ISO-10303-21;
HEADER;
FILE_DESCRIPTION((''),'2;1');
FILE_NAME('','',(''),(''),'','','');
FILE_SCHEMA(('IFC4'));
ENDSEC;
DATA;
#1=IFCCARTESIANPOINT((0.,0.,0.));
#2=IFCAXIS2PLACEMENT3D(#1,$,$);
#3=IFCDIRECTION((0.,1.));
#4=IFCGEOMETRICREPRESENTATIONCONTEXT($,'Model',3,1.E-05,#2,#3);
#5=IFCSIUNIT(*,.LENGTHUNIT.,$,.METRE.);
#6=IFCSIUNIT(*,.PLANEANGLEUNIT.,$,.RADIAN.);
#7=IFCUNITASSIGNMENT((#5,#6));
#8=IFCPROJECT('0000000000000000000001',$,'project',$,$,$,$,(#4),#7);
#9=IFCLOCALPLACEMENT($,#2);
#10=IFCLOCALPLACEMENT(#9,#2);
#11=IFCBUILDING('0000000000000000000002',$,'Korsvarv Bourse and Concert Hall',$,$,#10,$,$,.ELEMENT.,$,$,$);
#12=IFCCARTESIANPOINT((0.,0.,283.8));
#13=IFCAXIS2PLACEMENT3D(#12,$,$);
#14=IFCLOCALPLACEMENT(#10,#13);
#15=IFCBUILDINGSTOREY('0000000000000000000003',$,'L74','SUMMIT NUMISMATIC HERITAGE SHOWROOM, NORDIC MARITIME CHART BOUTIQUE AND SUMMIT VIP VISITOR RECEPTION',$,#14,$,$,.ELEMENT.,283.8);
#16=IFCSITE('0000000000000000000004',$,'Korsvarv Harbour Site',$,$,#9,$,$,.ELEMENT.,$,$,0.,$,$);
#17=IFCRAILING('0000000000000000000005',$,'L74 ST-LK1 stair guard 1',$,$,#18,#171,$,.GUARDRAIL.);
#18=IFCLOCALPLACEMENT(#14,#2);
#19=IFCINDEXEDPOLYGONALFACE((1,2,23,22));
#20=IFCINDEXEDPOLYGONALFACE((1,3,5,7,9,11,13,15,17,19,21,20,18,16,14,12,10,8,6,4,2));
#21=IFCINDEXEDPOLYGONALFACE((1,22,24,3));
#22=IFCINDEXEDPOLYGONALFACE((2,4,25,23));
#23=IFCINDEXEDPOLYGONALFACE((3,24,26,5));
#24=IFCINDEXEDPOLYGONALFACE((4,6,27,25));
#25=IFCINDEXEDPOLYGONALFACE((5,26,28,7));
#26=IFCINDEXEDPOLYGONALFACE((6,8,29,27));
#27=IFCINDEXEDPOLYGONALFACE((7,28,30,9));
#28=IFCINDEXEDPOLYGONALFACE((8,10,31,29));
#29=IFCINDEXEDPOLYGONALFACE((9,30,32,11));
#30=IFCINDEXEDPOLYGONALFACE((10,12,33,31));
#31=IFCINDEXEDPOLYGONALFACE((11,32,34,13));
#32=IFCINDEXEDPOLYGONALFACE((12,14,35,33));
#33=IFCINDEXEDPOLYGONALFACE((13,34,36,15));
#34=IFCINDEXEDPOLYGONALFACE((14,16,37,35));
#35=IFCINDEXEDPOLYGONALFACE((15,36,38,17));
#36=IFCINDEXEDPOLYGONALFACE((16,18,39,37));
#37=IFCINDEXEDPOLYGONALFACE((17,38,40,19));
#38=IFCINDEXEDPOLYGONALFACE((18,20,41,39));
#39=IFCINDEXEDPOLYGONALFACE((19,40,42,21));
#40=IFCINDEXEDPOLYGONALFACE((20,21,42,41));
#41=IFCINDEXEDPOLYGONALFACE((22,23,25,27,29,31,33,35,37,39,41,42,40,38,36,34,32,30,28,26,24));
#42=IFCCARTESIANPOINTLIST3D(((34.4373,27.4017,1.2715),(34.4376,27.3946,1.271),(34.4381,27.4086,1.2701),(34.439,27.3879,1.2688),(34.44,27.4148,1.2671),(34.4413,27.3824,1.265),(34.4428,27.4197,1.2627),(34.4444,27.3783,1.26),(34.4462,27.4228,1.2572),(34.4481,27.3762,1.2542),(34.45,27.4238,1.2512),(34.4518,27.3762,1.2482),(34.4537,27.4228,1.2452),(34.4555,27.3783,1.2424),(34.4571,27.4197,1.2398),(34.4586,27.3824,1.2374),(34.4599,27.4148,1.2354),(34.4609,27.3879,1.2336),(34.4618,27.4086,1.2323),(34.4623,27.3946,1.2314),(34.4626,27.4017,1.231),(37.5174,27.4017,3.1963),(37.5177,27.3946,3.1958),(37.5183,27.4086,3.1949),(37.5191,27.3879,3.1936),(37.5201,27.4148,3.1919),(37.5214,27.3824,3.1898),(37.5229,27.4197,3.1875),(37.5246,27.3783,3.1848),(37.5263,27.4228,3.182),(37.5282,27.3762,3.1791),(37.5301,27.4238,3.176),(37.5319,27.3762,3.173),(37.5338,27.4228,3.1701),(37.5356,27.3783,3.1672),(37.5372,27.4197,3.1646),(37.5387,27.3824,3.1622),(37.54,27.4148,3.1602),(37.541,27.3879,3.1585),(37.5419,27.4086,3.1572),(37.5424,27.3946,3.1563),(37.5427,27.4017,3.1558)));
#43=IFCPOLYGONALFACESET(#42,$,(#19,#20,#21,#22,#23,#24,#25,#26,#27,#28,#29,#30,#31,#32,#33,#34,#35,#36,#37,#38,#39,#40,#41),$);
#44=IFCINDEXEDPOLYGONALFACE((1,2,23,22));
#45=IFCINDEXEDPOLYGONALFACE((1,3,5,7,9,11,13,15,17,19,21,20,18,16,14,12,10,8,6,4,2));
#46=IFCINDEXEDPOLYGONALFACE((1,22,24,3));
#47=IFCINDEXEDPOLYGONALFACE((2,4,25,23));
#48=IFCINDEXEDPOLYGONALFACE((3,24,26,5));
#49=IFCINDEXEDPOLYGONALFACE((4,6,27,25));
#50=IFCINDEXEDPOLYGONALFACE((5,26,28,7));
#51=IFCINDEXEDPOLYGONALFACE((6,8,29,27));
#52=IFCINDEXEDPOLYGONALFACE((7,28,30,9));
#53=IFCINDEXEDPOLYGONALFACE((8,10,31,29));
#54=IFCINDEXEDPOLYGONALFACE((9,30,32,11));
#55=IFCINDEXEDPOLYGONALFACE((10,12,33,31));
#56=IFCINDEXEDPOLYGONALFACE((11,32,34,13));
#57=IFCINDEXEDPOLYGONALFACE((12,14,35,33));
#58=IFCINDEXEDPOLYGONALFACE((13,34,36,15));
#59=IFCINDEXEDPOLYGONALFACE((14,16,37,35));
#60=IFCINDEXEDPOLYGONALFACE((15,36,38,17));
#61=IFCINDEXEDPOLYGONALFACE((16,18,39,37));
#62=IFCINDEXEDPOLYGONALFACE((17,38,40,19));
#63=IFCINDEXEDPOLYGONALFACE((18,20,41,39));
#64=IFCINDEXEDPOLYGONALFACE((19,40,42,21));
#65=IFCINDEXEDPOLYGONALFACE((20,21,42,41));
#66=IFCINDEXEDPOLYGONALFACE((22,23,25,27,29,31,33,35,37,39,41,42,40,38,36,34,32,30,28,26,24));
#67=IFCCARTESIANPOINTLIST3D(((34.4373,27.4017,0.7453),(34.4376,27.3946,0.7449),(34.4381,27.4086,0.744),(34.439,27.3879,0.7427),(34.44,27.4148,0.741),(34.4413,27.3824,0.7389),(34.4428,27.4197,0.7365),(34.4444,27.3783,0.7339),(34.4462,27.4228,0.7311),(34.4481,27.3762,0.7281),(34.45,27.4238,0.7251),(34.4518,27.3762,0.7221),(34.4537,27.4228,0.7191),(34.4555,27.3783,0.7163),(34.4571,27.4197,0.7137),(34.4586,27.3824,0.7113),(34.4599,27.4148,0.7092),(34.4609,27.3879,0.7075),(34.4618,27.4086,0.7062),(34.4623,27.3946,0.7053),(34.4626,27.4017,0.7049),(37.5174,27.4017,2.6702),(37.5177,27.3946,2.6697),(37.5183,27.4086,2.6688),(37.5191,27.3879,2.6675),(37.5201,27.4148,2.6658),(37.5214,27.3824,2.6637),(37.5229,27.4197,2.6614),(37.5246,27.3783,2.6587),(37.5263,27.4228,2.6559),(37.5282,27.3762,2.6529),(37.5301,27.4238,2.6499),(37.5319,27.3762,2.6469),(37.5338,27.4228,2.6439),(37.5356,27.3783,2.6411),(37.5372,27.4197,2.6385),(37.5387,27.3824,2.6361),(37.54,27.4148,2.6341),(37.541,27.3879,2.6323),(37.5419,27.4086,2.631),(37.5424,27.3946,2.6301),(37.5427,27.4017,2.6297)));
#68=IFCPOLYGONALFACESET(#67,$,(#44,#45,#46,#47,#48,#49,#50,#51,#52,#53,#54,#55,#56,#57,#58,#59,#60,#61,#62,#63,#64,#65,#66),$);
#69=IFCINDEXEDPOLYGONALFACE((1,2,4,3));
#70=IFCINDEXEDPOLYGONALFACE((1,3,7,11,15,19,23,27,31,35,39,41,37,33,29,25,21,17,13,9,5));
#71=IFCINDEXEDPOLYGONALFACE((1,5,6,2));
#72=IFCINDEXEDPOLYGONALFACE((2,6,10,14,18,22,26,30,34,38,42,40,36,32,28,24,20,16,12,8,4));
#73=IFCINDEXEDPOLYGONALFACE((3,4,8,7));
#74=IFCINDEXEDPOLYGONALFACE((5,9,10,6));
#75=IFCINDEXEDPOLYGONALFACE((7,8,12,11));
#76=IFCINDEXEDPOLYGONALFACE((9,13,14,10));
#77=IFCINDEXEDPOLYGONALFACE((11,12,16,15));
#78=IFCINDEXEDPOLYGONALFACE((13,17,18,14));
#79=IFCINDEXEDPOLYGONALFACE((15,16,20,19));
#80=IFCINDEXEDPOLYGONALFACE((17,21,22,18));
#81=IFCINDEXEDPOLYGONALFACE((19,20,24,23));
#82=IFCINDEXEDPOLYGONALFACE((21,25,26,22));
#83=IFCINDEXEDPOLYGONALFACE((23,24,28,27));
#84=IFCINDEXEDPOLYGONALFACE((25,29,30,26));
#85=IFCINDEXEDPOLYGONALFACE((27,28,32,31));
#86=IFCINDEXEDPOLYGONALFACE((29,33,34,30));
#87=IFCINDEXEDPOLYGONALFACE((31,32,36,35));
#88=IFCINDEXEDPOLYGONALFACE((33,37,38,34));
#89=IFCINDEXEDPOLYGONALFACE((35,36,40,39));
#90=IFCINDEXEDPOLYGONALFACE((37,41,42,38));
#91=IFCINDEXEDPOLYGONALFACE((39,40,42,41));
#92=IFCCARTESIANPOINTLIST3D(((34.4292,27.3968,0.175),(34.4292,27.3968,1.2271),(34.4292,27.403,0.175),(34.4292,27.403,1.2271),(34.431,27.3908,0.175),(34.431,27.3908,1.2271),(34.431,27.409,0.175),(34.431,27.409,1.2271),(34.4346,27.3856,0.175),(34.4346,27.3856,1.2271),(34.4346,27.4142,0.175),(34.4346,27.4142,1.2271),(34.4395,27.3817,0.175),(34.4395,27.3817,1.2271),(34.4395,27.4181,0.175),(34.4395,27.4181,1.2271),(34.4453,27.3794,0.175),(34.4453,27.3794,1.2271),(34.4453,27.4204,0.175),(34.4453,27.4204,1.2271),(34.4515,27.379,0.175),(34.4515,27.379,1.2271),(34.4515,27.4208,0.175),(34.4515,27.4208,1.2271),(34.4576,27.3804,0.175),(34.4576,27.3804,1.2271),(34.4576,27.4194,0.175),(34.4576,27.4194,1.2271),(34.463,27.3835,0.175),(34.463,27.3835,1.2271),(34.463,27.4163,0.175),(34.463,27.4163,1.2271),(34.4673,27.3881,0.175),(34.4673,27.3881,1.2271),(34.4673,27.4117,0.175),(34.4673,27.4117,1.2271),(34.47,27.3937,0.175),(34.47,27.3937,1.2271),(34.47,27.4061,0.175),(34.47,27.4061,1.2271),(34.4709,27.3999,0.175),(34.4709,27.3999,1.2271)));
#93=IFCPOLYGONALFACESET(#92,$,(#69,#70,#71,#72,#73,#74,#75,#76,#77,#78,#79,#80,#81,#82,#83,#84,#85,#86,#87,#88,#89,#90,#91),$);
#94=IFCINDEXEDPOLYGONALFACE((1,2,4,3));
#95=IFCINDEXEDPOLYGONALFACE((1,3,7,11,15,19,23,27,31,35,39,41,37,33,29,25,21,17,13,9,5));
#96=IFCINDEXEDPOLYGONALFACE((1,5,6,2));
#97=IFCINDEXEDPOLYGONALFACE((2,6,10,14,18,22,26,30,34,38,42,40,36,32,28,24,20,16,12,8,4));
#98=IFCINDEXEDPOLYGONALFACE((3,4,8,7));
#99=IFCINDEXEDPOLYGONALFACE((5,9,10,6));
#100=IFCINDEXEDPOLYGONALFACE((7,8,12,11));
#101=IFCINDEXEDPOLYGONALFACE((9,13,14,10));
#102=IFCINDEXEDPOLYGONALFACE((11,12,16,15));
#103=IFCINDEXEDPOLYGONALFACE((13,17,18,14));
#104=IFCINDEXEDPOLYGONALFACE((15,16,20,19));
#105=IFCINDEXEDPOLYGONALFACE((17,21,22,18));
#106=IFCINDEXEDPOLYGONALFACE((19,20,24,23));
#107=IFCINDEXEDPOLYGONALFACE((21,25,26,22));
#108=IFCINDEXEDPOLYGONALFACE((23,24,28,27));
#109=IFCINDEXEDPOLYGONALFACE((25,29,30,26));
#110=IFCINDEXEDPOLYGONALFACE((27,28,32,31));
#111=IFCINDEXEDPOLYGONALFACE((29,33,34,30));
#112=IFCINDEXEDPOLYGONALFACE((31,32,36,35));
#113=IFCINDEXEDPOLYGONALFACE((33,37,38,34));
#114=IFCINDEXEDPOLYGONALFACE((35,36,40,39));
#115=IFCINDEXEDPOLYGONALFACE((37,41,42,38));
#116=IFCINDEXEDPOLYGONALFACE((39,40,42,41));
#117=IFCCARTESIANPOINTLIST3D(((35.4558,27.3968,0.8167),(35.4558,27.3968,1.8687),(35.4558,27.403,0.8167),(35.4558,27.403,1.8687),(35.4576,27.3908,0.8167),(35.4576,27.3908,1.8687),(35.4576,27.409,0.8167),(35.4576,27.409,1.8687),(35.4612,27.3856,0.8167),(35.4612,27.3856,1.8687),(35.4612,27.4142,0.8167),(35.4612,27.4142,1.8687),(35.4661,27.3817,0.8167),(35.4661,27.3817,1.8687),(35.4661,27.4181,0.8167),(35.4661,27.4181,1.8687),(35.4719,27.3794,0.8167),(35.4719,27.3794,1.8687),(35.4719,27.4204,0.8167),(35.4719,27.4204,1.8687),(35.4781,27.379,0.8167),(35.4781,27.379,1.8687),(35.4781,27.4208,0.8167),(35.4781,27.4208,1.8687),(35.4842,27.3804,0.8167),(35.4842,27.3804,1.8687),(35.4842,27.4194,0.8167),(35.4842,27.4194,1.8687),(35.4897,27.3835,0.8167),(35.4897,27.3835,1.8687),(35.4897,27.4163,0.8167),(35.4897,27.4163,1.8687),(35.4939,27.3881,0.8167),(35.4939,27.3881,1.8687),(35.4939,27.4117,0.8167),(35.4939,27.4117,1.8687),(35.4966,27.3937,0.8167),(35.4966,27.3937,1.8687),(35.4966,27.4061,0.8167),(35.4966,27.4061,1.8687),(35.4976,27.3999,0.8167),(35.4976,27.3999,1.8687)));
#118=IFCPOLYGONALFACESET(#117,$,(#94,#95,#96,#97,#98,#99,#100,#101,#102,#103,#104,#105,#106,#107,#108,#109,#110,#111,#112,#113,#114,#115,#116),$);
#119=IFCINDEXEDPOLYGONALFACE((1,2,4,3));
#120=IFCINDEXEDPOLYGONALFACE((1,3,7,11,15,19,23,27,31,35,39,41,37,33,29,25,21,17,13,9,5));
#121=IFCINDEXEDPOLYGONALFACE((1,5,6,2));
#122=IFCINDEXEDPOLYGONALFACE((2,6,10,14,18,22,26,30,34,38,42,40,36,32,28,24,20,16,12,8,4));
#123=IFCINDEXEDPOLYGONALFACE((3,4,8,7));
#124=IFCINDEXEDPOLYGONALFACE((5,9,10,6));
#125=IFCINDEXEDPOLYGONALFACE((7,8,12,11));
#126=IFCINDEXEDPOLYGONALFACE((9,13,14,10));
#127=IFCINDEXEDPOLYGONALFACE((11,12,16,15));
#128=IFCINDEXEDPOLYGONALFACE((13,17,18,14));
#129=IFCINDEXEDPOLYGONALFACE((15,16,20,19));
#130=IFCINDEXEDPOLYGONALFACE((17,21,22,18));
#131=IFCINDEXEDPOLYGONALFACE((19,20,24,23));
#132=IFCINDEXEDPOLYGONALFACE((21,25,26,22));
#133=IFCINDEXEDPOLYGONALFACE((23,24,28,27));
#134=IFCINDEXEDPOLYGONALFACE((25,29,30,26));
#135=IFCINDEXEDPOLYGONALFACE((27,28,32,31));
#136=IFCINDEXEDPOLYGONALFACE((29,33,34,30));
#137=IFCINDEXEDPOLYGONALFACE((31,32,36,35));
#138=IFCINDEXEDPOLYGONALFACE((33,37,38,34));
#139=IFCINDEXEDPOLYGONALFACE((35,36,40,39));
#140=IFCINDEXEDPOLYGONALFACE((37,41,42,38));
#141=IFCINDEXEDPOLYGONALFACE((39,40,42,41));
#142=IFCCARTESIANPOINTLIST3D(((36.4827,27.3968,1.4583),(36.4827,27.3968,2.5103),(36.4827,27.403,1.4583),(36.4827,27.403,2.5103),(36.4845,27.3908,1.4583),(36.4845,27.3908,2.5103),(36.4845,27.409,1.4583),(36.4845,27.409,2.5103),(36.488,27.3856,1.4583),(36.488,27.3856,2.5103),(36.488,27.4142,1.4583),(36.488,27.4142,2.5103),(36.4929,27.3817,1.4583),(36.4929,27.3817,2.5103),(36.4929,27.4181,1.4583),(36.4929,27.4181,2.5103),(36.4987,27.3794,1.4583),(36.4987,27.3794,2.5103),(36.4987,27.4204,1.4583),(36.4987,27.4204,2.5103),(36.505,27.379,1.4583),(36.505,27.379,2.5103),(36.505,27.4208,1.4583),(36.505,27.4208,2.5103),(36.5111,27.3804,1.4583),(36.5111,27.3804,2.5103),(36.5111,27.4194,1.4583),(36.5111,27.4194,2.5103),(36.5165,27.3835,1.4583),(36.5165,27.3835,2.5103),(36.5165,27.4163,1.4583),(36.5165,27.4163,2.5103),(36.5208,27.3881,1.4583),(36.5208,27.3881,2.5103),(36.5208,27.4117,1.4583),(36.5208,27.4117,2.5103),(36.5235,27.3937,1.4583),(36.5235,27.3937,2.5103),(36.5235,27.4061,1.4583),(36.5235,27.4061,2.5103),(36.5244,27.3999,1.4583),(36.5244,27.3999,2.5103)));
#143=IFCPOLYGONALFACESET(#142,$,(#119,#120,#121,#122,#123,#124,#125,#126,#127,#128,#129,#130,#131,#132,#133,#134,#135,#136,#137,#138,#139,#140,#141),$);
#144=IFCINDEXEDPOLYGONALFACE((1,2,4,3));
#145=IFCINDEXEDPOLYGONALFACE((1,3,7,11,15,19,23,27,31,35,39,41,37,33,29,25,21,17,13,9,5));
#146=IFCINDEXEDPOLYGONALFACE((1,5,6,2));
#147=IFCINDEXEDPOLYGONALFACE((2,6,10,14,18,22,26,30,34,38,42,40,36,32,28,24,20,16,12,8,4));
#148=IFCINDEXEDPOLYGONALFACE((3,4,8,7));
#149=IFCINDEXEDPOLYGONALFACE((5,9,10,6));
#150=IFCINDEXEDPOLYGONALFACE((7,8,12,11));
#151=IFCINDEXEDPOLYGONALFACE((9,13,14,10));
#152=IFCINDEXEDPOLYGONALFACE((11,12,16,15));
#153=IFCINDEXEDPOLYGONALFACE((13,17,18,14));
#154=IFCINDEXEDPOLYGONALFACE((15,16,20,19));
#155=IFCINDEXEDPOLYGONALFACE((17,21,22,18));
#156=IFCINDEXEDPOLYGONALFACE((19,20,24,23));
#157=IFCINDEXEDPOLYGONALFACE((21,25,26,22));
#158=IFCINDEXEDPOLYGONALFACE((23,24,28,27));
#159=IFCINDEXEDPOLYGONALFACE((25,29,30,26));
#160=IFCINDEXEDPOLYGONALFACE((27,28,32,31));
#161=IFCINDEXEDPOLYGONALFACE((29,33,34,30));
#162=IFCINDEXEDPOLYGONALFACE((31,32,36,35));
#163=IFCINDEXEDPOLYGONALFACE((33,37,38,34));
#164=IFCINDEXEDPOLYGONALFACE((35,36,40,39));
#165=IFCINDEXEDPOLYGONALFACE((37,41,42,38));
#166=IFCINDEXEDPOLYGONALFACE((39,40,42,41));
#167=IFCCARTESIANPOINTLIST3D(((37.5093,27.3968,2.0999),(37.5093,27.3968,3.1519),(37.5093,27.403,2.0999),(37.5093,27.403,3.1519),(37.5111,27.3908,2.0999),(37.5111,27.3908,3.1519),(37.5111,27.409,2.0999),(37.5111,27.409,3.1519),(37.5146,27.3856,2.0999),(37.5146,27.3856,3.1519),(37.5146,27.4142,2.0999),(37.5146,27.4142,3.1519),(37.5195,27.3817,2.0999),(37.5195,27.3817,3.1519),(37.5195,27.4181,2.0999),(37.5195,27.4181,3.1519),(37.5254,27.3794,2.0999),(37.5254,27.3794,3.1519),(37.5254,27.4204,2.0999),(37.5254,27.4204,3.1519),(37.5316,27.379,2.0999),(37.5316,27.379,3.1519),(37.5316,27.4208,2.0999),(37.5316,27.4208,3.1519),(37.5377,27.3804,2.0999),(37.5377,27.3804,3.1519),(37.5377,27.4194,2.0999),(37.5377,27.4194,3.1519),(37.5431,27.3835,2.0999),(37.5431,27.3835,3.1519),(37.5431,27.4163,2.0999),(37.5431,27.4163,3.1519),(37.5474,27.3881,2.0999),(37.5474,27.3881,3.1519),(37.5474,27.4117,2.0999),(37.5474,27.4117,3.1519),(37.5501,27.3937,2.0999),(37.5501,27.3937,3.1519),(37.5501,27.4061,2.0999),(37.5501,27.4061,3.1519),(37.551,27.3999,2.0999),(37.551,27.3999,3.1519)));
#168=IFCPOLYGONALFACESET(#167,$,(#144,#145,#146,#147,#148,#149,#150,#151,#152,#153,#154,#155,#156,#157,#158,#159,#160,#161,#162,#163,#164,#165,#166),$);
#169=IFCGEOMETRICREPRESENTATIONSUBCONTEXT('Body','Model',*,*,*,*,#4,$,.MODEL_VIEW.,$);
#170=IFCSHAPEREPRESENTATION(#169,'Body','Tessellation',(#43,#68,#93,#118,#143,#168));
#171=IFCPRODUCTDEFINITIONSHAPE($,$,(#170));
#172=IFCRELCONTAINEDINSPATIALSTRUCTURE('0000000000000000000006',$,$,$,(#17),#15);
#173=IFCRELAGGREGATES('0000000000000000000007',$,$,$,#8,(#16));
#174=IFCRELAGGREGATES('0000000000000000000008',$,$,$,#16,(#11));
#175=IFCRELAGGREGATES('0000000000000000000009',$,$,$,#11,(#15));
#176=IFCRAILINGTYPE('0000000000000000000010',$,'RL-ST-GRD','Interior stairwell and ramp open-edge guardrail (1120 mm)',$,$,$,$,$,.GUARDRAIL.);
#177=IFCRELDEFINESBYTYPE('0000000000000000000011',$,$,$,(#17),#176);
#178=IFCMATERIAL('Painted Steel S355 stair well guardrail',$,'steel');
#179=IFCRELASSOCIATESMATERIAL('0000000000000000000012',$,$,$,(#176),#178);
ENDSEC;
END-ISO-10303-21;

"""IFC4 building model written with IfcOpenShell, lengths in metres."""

from ifc_helpers import new_model, si_unit, direction, frame, origin, origin_2d, place, context, subcontext, project, spatial, circle, extrude, material, type_object, element, save


model = new_model("IFC4")

# Units and contexts
model_context = context("Model", 3, precision=1e-05, world=origin(), true_north=direction((0.0, 1.0)))
body_context = subcontext(model_context, "Body", "Model", "MODEL_VIEW")
ifc_project = project(units=[si_unit("LENGTHUNIT", "METRE"), si_unit("PLANEANGLEUNIT", "RADIAN")], contexts=[model_context])

# Site, building, storey
site_placement = place(None, origin())
site = spatial("IfcSite", under=ifc_project, at=site_placement, Name="Korsvarv Harbour Site", CompositionType="ELEMENT", RefElevation=0.0)
building_placement = place(site_placement, origin())
building = spatial("IfcBuilding", under=site, at=building_placement, Name="Korsvarv Bourse and Concert Hall", CompositionType="ELEMENT")
storey_placement = place(building_placement, frame((0.0, 0.0, 283.8)))
storey = spatial("IfcBuildingStorey", under=building, at=storey_placement, Name="L74", Description="SUMMIT NUMISMATIC HERITAGE SHOWROOM, NORDIC MARITIME CHART BOUTIQUE AND SUMMIT VIP VISITOR RECEPTION", CompositionType="ELEMENT", Elevation=283.8)

# Railing
ifc_material_1 = material(Name="Painted Steel S355 stair well guardrail", Category="steel")
railing_type_1 = type_object("IfcRailingType", Name="RL-ST-GRD", Description="Interior stairwell and ramp open-edge guardrail (1120 mm)", PredefinedType="GUARDRAIL", material=ifc_material_1)
railing_1_placement = place(storey_placement, frame((34.45, 27.3999, 0.175)))
element("IfcRailing", 1, at=railing_1_placement, inside=storey, type_object=railing_type_1, Name="L74 ST-LK1 stair guard 1", PredefinedType="GUARDRAIL", context=body_context, shape_type="SweptSolid", body=[
    extrude(circle(Radius=0.0239, at=origin_2d()), frame((0.0, 0.0, 1.0762), z_axis=(0.848029, 0.0, 0.529951), x_axis=(0.0, 1.0, 0.0)), (0.0, 0.0, 1.0), 3.6321),
    extrude(circle(Radius=0.0239, at=origin_2d()), frame((0.0, 0.0, 0.55), z_axis=(0.848029, 0.0, 0.529951), x_axis=(0.0, 1.0, 0.0)), (0.0, 0.0, 1.0), 3.6321),
    extrude(circle(Radius=0.021, at=origin_2d()), origin(), (0.0, 0.0, 1.0), 1.052),
    extrude(circle(Radius=0.021, at=origin_2d()), frame((1.0266, 0.0, 0.6416)), (0.0, 0.0, 1.0), 1.052),
    extrude(circle(Radius=0.021, at=origin_2d()), frame((2.0535, 0.0, 1.2832)), (0.0, 0.0, 1.0), 1.052),
    extrude(circle(Radius=0.021, at=origin_2d()), frame((3.0801, 0.0, 1.9248)), (0.0, 0.0, 1.0), 1.052),
])

save(model, "model.ifc")
